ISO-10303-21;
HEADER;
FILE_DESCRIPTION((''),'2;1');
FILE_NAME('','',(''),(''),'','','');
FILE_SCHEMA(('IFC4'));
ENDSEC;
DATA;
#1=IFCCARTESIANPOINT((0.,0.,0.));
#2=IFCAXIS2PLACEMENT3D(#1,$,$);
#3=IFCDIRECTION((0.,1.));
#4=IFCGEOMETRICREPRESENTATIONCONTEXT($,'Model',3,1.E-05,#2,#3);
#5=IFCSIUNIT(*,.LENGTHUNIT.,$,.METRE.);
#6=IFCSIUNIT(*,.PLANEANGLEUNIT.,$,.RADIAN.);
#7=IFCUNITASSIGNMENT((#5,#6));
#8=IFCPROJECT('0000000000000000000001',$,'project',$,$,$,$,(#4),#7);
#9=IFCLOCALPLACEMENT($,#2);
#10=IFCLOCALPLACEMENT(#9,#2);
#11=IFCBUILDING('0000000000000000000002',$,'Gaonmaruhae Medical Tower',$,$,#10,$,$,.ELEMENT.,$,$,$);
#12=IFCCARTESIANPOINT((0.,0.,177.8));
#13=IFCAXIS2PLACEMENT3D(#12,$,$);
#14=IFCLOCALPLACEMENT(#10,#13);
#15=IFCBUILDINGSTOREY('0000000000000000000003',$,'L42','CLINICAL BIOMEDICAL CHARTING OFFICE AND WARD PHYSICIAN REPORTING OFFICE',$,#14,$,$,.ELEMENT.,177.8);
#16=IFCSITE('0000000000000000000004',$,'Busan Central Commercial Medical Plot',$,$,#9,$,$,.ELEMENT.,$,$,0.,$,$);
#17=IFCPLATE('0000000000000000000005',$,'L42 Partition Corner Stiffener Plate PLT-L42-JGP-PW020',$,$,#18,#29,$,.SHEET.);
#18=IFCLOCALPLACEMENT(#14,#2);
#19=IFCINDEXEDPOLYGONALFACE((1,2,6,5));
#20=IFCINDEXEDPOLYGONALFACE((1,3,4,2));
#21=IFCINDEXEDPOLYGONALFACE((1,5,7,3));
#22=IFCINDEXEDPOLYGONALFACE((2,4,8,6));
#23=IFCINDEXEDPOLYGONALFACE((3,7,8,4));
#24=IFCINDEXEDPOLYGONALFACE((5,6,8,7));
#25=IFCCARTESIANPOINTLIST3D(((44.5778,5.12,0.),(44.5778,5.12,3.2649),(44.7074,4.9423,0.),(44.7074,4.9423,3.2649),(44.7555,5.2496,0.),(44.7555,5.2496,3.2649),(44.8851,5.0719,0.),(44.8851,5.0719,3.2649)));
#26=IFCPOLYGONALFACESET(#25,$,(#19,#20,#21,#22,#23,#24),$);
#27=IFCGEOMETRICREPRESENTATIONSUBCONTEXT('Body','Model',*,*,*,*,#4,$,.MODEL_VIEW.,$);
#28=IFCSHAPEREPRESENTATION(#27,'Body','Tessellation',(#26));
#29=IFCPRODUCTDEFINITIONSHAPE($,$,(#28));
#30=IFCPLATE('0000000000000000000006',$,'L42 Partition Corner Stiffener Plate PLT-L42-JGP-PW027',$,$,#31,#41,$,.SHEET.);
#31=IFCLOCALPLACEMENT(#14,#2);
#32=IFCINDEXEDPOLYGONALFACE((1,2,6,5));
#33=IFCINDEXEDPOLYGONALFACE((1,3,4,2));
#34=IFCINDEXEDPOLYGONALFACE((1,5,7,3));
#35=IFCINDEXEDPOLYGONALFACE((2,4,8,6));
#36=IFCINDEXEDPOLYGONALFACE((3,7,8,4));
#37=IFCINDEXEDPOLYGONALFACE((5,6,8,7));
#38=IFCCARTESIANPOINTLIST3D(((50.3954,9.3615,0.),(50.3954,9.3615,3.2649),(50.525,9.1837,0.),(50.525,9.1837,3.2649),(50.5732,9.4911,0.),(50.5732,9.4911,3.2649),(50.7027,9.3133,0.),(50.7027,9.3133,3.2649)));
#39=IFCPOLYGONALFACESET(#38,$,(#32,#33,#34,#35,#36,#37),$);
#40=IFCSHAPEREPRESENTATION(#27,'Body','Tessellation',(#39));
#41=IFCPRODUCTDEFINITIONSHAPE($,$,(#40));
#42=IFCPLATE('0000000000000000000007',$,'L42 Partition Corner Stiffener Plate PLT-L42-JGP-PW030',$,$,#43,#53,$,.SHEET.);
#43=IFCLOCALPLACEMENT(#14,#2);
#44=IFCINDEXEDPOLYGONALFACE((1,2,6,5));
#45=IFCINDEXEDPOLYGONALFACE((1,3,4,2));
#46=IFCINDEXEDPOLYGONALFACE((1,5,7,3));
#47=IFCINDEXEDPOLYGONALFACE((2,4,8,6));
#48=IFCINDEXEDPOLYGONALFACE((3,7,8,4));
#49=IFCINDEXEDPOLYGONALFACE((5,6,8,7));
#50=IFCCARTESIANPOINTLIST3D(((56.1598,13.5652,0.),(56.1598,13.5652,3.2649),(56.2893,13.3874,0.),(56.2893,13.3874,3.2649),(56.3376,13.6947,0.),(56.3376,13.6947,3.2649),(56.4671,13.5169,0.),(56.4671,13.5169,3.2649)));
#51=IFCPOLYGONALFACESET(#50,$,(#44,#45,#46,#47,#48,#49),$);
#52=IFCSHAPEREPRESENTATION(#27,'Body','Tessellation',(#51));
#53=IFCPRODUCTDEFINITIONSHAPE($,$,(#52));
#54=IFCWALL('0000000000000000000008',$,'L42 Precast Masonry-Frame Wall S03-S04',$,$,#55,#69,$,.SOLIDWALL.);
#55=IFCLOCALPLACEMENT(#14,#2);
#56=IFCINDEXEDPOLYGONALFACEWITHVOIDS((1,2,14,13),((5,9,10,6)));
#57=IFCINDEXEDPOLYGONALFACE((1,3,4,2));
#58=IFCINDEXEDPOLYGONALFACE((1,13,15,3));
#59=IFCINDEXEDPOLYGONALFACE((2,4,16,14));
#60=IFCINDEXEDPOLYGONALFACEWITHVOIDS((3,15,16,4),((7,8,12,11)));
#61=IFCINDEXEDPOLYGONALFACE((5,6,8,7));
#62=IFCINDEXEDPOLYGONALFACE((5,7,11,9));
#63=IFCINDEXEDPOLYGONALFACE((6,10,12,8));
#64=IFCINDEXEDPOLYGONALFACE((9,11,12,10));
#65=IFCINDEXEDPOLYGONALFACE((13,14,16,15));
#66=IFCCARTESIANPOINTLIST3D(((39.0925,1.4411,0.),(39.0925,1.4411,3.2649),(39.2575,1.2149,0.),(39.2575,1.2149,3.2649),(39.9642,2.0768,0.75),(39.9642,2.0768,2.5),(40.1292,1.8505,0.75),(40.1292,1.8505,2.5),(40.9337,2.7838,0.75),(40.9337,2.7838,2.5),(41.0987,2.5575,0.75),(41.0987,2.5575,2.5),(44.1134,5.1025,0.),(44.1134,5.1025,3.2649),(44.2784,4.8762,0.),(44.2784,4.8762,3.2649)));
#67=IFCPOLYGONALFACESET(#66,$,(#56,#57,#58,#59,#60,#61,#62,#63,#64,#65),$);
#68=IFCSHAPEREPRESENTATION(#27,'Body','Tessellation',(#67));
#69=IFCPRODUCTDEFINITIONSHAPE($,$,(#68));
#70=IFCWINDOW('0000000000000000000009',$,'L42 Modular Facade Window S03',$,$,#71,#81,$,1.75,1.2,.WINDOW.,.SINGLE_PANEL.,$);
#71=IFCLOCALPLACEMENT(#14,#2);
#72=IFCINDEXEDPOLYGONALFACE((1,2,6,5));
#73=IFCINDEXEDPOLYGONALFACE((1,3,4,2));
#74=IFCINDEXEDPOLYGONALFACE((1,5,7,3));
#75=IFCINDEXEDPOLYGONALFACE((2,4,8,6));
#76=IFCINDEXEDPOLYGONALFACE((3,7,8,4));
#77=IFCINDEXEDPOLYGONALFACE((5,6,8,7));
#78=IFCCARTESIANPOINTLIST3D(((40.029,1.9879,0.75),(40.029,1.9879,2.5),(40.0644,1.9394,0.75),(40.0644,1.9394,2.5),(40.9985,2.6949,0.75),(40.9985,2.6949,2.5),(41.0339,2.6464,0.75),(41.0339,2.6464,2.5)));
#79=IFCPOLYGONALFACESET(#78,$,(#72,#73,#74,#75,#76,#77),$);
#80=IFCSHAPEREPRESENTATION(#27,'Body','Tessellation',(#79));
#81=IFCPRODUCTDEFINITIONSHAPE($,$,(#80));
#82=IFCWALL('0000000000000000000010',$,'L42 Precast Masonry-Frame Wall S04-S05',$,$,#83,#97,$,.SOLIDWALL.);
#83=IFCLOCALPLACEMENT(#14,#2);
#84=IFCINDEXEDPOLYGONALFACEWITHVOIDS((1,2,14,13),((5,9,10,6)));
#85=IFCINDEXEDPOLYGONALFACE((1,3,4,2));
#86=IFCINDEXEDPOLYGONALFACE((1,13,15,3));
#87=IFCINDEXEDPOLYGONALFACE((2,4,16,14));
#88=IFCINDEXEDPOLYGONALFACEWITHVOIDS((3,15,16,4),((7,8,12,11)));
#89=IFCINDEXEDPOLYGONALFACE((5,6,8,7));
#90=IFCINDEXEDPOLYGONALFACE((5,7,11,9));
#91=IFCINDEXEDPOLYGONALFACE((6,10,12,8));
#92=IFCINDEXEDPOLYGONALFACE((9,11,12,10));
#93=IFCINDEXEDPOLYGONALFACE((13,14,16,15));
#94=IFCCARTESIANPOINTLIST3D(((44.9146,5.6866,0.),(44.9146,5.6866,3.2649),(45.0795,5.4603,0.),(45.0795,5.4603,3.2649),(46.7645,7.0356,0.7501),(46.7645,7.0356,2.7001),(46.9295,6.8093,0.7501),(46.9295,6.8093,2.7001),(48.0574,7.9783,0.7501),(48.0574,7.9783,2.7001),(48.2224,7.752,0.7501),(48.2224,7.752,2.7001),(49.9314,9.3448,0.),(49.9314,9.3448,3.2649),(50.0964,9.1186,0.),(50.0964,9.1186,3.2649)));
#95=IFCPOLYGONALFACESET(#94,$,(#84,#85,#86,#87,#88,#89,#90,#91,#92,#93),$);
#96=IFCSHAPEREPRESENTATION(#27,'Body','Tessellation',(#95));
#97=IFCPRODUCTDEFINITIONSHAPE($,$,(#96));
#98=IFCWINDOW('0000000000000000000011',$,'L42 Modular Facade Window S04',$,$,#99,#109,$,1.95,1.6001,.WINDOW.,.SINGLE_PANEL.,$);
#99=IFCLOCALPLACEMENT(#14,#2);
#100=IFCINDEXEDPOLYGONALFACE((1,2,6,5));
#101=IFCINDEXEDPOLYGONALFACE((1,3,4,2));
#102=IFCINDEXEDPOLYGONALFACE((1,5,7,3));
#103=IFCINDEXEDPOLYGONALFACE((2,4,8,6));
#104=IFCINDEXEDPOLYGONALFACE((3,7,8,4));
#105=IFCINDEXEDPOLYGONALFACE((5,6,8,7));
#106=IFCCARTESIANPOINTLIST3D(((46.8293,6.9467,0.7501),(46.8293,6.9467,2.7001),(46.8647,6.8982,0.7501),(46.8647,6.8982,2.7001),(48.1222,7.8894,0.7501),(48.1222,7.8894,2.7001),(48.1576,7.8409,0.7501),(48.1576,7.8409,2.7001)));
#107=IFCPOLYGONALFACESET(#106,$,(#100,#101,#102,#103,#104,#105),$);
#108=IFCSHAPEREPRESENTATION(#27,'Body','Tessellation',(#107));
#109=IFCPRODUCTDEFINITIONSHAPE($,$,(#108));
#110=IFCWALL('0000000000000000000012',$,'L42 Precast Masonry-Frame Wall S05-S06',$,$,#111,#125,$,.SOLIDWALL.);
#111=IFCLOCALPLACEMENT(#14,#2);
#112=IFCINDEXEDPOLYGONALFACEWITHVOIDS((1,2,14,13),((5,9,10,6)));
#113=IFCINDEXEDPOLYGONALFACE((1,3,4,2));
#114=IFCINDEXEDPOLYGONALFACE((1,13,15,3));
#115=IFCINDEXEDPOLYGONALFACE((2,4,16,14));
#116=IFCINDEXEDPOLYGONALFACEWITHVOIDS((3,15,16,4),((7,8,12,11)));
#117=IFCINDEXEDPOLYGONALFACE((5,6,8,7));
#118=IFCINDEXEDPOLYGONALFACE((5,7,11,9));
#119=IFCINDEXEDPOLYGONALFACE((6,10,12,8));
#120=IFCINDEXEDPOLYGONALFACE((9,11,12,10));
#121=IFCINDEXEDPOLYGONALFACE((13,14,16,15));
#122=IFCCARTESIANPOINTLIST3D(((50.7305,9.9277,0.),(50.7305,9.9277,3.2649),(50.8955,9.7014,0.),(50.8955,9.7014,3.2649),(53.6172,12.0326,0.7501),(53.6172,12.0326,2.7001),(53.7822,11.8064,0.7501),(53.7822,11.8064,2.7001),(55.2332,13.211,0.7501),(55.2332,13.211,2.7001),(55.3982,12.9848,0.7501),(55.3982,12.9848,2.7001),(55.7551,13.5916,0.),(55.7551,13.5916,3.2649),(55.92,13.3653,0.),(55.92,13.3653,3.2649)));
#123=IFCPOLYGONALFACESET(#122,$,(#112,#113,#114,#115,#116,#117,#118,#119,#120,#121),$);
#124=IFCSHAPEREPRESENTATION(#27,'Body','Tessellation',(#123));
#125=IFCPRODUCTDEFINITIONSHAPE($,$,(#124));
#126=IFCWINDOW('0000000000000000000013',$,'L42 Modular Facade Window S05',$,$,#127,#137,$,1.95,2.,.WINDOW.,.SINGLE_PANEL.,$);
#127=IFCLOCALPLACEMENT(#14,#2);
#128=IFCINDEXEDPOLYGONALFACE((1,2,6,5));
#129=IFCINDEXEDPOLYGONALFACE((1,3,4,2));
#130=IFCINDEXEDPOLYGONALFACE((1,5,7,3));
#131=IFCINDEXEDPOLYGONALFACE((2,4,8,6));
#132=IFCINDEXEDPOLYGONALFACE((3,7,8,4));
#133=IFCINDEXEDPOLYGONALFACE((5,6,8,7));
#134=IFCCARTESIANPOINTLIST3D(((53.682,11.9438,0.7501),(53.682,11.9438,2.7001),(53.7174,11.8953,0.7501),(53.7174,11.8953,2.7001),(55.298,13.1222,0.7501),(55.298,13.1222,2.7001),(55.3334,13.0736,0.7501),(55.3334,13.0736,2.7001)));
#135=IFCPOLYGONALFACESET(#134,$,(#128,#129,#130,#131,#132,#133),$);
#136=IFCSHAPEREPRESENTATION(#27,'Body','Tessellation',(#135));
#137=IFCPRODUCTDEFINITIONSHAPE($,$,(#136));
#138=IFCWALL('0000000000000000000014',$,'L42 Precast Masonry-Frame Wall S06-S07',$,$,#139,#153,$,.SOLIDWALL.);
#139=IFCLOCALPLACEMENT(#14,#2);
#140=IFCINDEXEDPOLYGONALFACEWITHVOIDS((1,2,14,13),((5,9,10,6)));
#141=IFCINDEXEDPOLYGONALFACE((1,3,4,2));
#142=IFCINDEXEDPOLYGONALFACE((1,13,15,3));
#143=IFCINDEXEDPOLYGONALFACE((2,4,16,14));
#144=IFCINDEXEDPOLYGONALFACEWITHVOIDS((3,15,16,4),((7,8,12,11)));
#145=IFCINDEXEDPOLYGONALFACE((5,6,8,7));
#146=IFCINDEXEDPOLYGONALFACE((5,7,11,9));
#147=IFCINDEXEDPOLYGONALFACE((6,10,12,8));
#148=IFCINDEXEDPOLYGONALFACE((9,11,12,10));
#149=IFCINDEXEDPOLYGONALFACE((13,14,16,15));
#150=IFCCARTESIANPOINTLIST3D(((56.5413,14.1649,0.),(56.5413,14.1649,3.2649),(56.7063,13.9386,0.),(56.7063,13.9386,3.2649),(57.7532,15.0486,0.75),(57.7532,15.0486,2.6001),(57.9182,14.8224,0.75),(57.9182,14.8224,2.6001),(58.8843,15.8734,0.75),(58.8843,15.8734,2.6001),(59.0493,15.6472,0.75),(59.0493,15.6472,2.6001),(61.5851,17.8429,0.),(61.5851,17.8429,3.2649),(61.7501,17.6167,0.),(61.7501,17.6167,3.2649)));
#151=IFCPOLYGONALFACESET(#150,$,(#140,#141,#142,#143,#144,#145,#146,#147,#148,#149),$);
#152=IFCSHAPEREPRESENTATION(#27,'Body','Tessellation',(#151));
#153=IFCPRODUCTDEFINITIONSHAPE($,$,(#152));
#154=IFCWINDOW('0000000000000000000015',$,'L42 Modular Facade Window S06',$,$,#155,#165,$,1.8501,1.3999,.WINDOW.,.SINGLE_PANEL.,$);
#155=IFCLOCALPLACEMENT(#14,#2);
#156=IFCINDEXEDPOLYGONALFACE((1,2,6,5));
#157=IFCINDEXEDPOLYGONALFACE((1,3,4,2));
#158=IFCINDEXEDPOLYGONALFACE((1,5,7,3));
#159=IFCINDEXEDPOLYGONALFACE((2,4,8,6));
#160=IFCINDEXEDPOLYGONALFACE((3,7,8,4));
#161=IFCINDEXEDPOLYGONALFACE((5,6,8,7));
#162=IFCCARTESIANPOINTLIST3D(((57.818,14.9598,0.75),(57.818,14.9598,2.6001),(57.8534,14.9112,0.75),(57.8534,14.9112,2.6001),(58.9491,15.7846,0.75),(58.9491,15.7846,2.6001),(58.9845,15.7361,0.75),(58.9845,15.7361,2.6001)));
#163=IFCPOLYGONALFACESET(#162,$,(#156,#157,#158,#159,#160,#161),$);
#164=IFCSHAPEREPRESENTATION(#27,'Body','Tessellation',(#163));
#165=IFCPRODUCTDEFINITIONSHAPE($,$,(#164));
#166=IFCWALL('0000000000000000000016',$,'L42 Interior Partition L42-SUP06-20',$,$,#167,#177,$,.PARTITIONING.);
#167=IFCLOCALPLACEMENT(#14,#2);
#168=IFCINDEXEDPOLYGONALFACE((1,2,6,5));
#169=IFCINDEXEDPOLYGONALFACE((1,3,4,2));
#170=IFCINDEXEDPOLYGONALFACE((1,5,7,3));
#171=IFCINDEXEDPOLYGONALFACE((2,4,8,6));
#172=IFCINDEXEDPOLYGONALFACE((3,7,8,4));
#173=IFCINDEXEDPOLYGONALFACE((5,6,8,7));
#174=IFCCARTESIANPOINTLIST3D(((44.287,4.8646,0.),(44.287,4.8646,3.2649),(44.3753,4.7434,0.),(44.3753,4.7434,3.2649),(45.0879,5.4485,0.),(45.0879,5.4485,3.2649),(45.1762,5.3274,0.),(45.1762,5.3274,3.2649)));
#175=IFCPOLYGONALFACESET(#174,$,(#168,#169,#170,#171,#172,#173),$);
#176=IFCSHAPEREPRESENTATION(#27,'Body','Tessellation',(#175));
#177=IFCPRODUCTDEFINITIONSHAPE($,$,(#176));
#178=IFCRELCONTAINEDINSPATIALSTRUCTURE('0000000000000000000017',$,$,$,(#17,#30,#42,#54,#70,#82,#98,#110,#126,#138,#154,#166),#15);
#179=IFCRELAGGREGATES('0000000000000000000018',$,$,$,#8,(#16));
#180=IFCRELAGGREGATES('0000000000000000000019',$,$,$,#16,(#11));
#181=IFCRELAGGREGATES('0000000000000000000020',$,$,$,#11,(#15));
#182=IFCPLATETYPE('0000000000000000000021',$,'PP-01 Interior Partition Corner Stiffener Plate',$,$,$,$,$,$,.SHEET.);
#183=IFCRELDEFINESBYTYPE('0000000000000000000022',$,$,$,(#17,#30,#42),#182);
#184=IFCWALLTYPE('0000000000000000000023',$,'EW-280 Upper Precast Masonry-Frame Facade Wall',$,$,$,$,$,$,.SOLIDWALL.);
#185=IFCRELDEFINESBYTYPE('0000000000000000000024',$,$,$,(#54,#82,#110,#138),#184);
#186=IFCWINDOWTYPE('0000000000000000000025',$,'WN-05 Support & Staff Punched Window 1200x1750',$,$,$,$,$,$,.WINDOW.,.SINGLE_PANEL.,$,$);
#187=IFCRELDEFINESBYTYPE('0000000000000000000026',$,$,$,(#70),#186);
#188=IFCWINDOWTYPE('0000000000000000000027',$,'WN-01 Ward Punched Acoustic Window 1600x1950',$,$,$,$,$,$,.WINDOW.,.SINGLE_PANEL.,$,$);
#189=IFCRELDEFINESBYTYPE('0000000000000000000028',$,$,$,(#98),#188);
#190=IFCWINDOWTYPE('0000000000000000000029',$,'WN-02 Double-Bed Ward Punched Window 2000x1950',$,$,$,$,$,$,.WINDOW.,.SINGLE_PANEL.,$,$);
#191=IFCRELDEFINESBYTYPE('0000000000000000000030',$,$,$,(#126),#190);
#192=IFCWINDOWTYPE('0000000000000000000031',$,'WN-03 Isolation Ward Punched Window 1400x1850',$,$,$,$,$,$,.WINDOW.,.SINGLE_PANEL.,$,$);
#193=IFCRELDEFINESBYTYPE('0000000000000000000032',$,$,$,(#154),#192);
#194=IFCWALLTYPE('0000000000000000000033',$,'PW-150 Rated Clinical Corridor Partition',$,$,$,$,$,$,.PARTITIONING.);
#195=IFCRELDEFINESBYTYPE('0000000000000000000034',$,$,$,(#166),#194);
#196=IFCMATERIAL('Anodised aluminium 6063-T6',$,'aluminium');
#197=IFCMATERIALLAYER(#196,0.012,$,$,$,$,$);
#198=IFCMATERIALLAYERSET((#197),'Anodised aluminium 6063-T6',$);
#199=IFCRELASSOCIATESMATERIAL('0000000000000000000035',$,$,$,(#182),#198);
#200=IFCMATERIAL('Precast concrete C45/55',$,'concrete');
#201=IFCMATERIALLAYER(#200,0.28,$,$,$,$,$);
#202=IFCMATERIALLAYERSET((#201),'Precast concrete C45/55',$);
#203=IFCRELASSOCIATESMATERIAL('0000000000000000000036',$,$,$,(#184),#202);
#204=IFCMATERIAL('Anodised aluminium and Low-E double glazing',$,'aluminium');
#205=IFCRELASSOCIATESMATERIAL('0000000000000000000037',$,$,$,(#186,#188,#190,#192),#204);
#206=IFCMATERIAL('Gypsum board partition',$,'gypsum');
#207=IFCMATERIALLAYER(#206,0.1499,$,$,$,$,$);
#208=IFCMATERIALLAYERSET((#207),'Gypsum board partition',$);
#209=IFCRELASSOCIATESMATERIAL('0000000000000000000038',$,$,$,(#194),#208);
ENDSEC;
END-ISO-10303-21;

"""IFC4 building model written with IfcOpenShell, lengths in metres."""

from ifc_helpers import new_model, si_unit, direction, frame, frame_2d, origin, origin_2d, place, context, subcontext, project, spatial, rectangle, extrude, material, layer, layer_set, type_object, element, fill, save


model = new_model("IFC4")

# Units and contexts
model_context = context("Model", 3, precision=1e-05, world=origin(), true_north=direction((0.0, 1.0)))
body_context = subcontext(model_context, "Body", "Model", "MODEL_VIEW")
ifc_project = project(units=[si_unit("LENGTHUNIT", "METRE"), si_unit("PLANEANGLEUNIT", "RADIAN")], contexts=[model_context])

# Site, building, storey
site_placement = place(None, origin())
site = spatial("IfcSite", under=ifc_project, at=site_placement, Name="Busan Central Commercial Medical Plot", CompositionType="ELEMENT", RefElevation=0.0)
building_placement = place(site_placement, origin())
building = spatial("IfcBuilding", under=site, at=building_placement, Name="Gaonmaruhae Medical Tower", CompositionType="ELEMENT")
storey_placement = place(building_placement, frame((0.0, 0.0, 177.8)))
storey = spatial("IfcBuildingStorey", under=building, at=storey_placement, Name="L42", Description="CLINICAL BIOMEDICAL CHARTING OFFICE AND WARD PHYSICIAN REPORTING OFFICE", CompositionType="ELEMENT", Elevation=177.8)

# Plates
ifc_material_1 = material(Name="Anodised aluminium 6063-T6", Category="aluminium")
ifc_layer_1 = layer(ifc_material_1, 0.012)
ifc_layer_set_1 = layer_set([ifc_layer_1], Name="Anodised aluminium 6063-T6")
plate_type = type_object("IfcPlateType", Name="PP-01 Interior Partition Corner Stiffener Plate", PredefinedType="SHEET", material=ifc_layer_set_1)
for number, where, z_axis, x_axis, name in (
    (1, (44.7314, 5.0959, 0.0), (0.0, 0.0, 1.0), (-0.808041, -0.589126, 0.0), "L42 Partition Corner Stiffener Plate PLT-L42-JGP-PW020"),
    (2, (50.5491, 9.3374, 0.0), (0.0, 0.0, 1.0), (-0.808165, -0.588957, 0.0), "L42 Partition Corner Stiffener Plate PLT-L42-JGP-PW027"),
    (3, (56.3135, 13.541, 0.0), (0.0, 0.0, 1.0), (-0.808329, -0.588731, 0.0), "L42 Partition Corner Stiffener Plate PLT-L42-JGP-PW030"),
):
    element("IfcPlate", number, at=place(storey_placement, frame(where, z_axis=z_axis, x_axis=x_axis)), inside=storey, type_object=plate_type, Name=name, PredefinedType="SHEET", context=body_context, shape_type="SweptSolid", body=[
        extrude(rectangle(XDim=0.22, YDim=0.22, at=origin_2d()), origin(), (0.0, 0.0, 1.0), 3.2649),
    ])

# Walls, openings, windows
ifc_material_2 = material(Name="Precast concrete C45/55", Category="concrete")
ifc_layer_2 = layer(ifc_material_2, 0.28)
ifc_layer_set_2 = layer_set([ifc_layer_2], Name="Precast concrete C45/55")
wall_type_1 = type_object("IfcWallType", Name="EW-280 Upper Precast Masonry-Frame Facade Wall", PredefinedType="SOLIDWALL", material=ifc_layer_set_2)
wall_1_placement = place(storey_placement, frame((44.1958, 4.9893, 0.0), z_axis=(0.0, 0.0, 1.0), x_axis=(-0.80799, -0.589197, 0.0)))
wall_1 = element("IfcWall", 4, at=wall_1_placement, inside=storey, type_object=wall_type_1, Name="L42 Precast Masonry-Frame Wall S03-S04", PredefinedType="SOLIDWALL", context=body_context, shape_type="SweptSolid", body=[
    extrude(rectangle(XDim=6.2141, YDim=0.28, at=frame_2d((3.1069, 0.0))), origin(), (0.0, 0.0, 1.0), 3.2649),
])
opening_1_placement = place(wall_1_placement, frame((3.9351, 0.0, 0.75)))
opening_1 = element("IfcOpeningElement", 5, at=opening_1_placement, cuts=wall_1, PredefinedType="OPENING", context=body_context, shape_type="SweptSolid", body=[
    extrude(rectangle(XDim=1.2, YDim=1.75, at=frame_2d((0.6001, 0.875))), frame((0.0, 0.1499, 0.0), z_axis=(0.0, -1.0, 0.0), x_axis=(1.0, 0.0, 0.0)), (0.0, 0.0, 1.0), 0.3),
])
ifc_material_3 = material(Name="Anodised aluminium and Low-E double glazing", Category="aluminium")
window_type_1 = type_object("IfcWindowType", Name="WN-05 Support & Staff Punched Window 1200x1750", PartitioningType="SINGLE_PANEL", PredefinedType="WINDOW", material=ifc_material_3)
window_1_placement = place(opening_1_placement, origin())
window_1 = element("IfcWindow", 6, at=window_1_placement, inside=storey, type_object=window_type_1, Name="L42 Modular Facade Window S03", OverallHeight=1.75, OverallWidth=1.2, PartitioningType="SINGLE_PANEL", PredefinedType="WINDOW", context=body_context, shape_type="SweptSolid", body=[
    extrude(rectangle(XDim=1.2, YDim=1.75, at=frame_2d((0.6001, 0.875))), frame((0.0, 0.03, 0.0), z_axis=(0.0, -1.0, 0.0), x_axis=(1.0, 0.0, 0.0)), (0.0, 0.0, 1.0), 0.0601),
])
fill(opening_1, window_1)
wall_2_placement = place(storey_placement, frame((50.0139, 9.2317, 0.0), z_axis=(0.0, 0.0, 1.0), x_axis=(-0.808001, -0.589181, 0.0)))
wall_2 = element("IfcWall", 7, at=wall_2_placement, inside=storey, type_object=wall_type_1, Name="L42 Precast Masonry-Frame Wall S04-S05", PredefinedType="SOLIDWALL", context=body_context, shape_type="SweptSolid", body=[
    extrude(rectangle(XDim=6.209, YDim=0.28, at=frame_2d((3.1045, 0.0))), origin(), (0.0, 0.0, 1.0), 3.2649),
])
opening_2_placement = place(wall_2_placement, frame((2.3193, 0.0, 0.75)))
opening_2 = element("IfcOpeningElement", 8, at=opening_2_placement, cuts=wall_2, PredefinedType="OPENING", context=body_context, shape_type="SweptSolid", body=[
    extrude(rectangle(XDim=1.6001, YDim=1.95, at=frame_2d((0.8, 0.9751))), frame((0.0, 0.1499, 0.0), z_axis=(0.0, -1.0, 0.0), x_axis=(1.0, 0.0, 0.0)), (0.0, 0.0, 1.0), 0.3),
])
window_type_2 = type_object("IfcWindowType", Name="WN-01 Ward Punched Acoustic Window 1600x1950", PartitioningType="SINGLE_PANEL", PredefinedType="WINDOW", material=ifc_material_3)
window_2_placement = place(opening_2_placement, origin())
window_2 = element("IfcWindow", 9, at=window_2_placement, inside=storey, type_object=window_type_2, Name="L42 Modular Facade Window S04", OverallHeight=1.95, OverallWidth=1.6001, PartitioningType="SINGLE_PANEL", PredefinedType="WINDOW", context=body_context, shape_type="SweptSolid", body=[
    extrude(rectangle(XDim=1.6001, YDim=1.95, at=frame_2d((0.8, 0.9751))), frame((0.0, 0.03, 0.0), z_axis=(0.0, -1.0, 0.0), x_axis=(1.0, 0.0, 0.0)), (0.0, 0.0, 1.0), 0.0601),
])
fill(opening_2, window_2)
wall_3_placement = place(storey_placement, frame((55.8376, 13.4785, 0.0), z_axis=(0.0, 0.0, 1.0), x_axis=(-0.807994, -0.589191, 0.0)))
wall_3 = element("IfcWall", 10, at=wall_3_placement, inside=storey, type_object=wall_type_1, Name="L42 Precast Masonry-Frame Wall S05-S06", PredefinedType="SOLIDWALL", context=body_context, shape_type="SweptSolid", body=[
    extrude(rectangle(XDim=6.2185, YDim=0.28, at=frame_2d((3.1094, 0.0))), origin(), (0.0, 0.0, 1.0), 3.2649),
])
opening_3_placement = place(wall_3_placement, frame((0.646, 0.0, 0.75)))
opening_3 = element("IfcOpeningElement", 11, at=opening_3_placement, cuts=wall_3, PredefinedType="OPENING", context=body_context, shape_type="SweptSolid", body=[
    extrude(rectangle(XDim=2.0, YDim=1.95, at=frame_2d((1.0, 0.9751))), frame((0.0, 0.1499, 0.0), z_axis=(0.0, -1.0, 0.0), x_axis=(1.0, 0.0, 0.0)), (0.0, 0.0, 1.0), 0.3),
])
window_type_3 = type_object("IfcWindowType", Name="WN-02 Double-Bed Ward Punched Window 2000x1950", PartitioningType="SINGLE_PANEL", PredefinedType="WINDOW", material=ifc_material_3)
window_3_placement = place(opening_3_placement, origin())
window_3 = element("IfcWindow", 12, at=window_3_placement, inside=storey, type_object=window_type_3, Name="L42 Modular Facade Window S05", OverallHeight=1.95, OverallWidth=2.0, PartitioningType="SINGLE_PANEL", PredefinedType="WINDOW", context=body_context, shape_type="SweptSolid", body=[
    extrude(rectangle(XDim=2.0, YDim=1.95, at=frame_2d((1.0, 0.9751))), frame((0.0, 0.03, 0.0), z_axis=(0.0, -1.0, 0.0), x_axis=(1.0, 0.0, 0.0)), (0.0, 0.0, 1.0), 0.0601),
])
fill(opening_3, window_3)
wall_4_placement = place(storey_placement, frame((61.6675, 17.7297, 0.0), z_axis=(0.0, 0.0, 1.0), x_axis=(-0.807986, -0.589201, 0.0)))
wall_4 = element("IfcWall", 13, at=wall_4_placement, inside=storey, type_object=wall_type_1, Name="L42 Precast Masonry-Frame Wall S06-S07", PredefinedType="SOLIDWALL", context=body_context, shape_type="SweptSolid", body=[
    extrude(rectangle(XDim=6.2424, YDim=0.28, at=frame_2d((3.1211, 0.0))), origin(), (0.0, 0.0, 1.0), 3.2649),
])
opening_4_placement = place(wall_4_placement, frame((3.3425, 0.0, 0.75)))
opening_4 = element("IfcOpeningElement", 14, at=opening_4_placement, cuts=wall_4, PredefinedType="OPENING", context=body_context, shape_type="SweptSolid", body=[
    extrude(rectangle(XDim=1.3999, YDim=1.8501, at=frame_2d((0.7, 0.925))), frame((0.0, 0.1499, 0.0), z_axis=(0.0, -1.0, 0.0), x_axis=(1.0, 0.0, 0.0)), (0.0, 0.0, 1.0), 0.3),
])
window_type_4 = type_object("IfcWindowType", Name="WN-03 Isolation Ward Punched Window 1400x1850", PartitioningType="SINGLE_PANEL", PredefinedType="WINDOW", material=ifc_material_3)
window_4_placement = place(opening_4_placement, origin())
window_4 = element("IfcWindow", 15, at=window_4_placement, inside=storey, type_object=window_type_4, Name="L42 Modular Facade Window S06", OverallHeight=1.8501, OverallWidth=1.3999, PartitioningType="SINGLE_PANEL", PredefinedType="WINDOW", context=body_context, shape_type="SweptSolid", body=[
    extrude(rectangle(XDim=1.3999, YDim=1.8501, at=frame_2d((0.7, 0.925))), frame((0.0, 0.03, 0.0), z_axis=(0.0, -1.0, 0.0), x_axis=(1.0, 0.0, 0.0)), (0.0, 0.0, 1.0), 0.0601),
])
fill(opening_4, window_4)

# Wall
ifc_material_4 = material(Name="Gypsum board partition", Category="gypsum")
ifc_layer_3 = layer(ifc_material_4, 0.1499)
ifc_layer_set_3 = layer_set([ifc_layer_3], Name="Gypsum board partition")
wall_type_2 = type_object("IfcWallType", Name="PW-150 Rated Clinical Corridor Partition", PredefinedType="PARTITIONING", material=ifc_layer_set_3)
wall_5_placement = place(storey_placement, frame((45.1321, 5.3879, 0.0), z_axis=(0.0, 0.0, 1.0), x_axis=(-0.808054, -0.589109, 0.0)))
element("IfcWall", 16, at=wall_5_placement, inside=storey, type_object=wall_type_2, Name="L42 Interior Partition L42-SUP06-20", PredefinedType="PARTITIONING", context=body_context, shape_type="SweptSolid", body=[
    extrude(rectangle(XDim=0.9912, YDim=0.1499, at=frame_2d((0.4956, 0.0))), origin(), (0.0, 0.0, 1.0), 3.2649),
])

save(model, "model.ifc")
